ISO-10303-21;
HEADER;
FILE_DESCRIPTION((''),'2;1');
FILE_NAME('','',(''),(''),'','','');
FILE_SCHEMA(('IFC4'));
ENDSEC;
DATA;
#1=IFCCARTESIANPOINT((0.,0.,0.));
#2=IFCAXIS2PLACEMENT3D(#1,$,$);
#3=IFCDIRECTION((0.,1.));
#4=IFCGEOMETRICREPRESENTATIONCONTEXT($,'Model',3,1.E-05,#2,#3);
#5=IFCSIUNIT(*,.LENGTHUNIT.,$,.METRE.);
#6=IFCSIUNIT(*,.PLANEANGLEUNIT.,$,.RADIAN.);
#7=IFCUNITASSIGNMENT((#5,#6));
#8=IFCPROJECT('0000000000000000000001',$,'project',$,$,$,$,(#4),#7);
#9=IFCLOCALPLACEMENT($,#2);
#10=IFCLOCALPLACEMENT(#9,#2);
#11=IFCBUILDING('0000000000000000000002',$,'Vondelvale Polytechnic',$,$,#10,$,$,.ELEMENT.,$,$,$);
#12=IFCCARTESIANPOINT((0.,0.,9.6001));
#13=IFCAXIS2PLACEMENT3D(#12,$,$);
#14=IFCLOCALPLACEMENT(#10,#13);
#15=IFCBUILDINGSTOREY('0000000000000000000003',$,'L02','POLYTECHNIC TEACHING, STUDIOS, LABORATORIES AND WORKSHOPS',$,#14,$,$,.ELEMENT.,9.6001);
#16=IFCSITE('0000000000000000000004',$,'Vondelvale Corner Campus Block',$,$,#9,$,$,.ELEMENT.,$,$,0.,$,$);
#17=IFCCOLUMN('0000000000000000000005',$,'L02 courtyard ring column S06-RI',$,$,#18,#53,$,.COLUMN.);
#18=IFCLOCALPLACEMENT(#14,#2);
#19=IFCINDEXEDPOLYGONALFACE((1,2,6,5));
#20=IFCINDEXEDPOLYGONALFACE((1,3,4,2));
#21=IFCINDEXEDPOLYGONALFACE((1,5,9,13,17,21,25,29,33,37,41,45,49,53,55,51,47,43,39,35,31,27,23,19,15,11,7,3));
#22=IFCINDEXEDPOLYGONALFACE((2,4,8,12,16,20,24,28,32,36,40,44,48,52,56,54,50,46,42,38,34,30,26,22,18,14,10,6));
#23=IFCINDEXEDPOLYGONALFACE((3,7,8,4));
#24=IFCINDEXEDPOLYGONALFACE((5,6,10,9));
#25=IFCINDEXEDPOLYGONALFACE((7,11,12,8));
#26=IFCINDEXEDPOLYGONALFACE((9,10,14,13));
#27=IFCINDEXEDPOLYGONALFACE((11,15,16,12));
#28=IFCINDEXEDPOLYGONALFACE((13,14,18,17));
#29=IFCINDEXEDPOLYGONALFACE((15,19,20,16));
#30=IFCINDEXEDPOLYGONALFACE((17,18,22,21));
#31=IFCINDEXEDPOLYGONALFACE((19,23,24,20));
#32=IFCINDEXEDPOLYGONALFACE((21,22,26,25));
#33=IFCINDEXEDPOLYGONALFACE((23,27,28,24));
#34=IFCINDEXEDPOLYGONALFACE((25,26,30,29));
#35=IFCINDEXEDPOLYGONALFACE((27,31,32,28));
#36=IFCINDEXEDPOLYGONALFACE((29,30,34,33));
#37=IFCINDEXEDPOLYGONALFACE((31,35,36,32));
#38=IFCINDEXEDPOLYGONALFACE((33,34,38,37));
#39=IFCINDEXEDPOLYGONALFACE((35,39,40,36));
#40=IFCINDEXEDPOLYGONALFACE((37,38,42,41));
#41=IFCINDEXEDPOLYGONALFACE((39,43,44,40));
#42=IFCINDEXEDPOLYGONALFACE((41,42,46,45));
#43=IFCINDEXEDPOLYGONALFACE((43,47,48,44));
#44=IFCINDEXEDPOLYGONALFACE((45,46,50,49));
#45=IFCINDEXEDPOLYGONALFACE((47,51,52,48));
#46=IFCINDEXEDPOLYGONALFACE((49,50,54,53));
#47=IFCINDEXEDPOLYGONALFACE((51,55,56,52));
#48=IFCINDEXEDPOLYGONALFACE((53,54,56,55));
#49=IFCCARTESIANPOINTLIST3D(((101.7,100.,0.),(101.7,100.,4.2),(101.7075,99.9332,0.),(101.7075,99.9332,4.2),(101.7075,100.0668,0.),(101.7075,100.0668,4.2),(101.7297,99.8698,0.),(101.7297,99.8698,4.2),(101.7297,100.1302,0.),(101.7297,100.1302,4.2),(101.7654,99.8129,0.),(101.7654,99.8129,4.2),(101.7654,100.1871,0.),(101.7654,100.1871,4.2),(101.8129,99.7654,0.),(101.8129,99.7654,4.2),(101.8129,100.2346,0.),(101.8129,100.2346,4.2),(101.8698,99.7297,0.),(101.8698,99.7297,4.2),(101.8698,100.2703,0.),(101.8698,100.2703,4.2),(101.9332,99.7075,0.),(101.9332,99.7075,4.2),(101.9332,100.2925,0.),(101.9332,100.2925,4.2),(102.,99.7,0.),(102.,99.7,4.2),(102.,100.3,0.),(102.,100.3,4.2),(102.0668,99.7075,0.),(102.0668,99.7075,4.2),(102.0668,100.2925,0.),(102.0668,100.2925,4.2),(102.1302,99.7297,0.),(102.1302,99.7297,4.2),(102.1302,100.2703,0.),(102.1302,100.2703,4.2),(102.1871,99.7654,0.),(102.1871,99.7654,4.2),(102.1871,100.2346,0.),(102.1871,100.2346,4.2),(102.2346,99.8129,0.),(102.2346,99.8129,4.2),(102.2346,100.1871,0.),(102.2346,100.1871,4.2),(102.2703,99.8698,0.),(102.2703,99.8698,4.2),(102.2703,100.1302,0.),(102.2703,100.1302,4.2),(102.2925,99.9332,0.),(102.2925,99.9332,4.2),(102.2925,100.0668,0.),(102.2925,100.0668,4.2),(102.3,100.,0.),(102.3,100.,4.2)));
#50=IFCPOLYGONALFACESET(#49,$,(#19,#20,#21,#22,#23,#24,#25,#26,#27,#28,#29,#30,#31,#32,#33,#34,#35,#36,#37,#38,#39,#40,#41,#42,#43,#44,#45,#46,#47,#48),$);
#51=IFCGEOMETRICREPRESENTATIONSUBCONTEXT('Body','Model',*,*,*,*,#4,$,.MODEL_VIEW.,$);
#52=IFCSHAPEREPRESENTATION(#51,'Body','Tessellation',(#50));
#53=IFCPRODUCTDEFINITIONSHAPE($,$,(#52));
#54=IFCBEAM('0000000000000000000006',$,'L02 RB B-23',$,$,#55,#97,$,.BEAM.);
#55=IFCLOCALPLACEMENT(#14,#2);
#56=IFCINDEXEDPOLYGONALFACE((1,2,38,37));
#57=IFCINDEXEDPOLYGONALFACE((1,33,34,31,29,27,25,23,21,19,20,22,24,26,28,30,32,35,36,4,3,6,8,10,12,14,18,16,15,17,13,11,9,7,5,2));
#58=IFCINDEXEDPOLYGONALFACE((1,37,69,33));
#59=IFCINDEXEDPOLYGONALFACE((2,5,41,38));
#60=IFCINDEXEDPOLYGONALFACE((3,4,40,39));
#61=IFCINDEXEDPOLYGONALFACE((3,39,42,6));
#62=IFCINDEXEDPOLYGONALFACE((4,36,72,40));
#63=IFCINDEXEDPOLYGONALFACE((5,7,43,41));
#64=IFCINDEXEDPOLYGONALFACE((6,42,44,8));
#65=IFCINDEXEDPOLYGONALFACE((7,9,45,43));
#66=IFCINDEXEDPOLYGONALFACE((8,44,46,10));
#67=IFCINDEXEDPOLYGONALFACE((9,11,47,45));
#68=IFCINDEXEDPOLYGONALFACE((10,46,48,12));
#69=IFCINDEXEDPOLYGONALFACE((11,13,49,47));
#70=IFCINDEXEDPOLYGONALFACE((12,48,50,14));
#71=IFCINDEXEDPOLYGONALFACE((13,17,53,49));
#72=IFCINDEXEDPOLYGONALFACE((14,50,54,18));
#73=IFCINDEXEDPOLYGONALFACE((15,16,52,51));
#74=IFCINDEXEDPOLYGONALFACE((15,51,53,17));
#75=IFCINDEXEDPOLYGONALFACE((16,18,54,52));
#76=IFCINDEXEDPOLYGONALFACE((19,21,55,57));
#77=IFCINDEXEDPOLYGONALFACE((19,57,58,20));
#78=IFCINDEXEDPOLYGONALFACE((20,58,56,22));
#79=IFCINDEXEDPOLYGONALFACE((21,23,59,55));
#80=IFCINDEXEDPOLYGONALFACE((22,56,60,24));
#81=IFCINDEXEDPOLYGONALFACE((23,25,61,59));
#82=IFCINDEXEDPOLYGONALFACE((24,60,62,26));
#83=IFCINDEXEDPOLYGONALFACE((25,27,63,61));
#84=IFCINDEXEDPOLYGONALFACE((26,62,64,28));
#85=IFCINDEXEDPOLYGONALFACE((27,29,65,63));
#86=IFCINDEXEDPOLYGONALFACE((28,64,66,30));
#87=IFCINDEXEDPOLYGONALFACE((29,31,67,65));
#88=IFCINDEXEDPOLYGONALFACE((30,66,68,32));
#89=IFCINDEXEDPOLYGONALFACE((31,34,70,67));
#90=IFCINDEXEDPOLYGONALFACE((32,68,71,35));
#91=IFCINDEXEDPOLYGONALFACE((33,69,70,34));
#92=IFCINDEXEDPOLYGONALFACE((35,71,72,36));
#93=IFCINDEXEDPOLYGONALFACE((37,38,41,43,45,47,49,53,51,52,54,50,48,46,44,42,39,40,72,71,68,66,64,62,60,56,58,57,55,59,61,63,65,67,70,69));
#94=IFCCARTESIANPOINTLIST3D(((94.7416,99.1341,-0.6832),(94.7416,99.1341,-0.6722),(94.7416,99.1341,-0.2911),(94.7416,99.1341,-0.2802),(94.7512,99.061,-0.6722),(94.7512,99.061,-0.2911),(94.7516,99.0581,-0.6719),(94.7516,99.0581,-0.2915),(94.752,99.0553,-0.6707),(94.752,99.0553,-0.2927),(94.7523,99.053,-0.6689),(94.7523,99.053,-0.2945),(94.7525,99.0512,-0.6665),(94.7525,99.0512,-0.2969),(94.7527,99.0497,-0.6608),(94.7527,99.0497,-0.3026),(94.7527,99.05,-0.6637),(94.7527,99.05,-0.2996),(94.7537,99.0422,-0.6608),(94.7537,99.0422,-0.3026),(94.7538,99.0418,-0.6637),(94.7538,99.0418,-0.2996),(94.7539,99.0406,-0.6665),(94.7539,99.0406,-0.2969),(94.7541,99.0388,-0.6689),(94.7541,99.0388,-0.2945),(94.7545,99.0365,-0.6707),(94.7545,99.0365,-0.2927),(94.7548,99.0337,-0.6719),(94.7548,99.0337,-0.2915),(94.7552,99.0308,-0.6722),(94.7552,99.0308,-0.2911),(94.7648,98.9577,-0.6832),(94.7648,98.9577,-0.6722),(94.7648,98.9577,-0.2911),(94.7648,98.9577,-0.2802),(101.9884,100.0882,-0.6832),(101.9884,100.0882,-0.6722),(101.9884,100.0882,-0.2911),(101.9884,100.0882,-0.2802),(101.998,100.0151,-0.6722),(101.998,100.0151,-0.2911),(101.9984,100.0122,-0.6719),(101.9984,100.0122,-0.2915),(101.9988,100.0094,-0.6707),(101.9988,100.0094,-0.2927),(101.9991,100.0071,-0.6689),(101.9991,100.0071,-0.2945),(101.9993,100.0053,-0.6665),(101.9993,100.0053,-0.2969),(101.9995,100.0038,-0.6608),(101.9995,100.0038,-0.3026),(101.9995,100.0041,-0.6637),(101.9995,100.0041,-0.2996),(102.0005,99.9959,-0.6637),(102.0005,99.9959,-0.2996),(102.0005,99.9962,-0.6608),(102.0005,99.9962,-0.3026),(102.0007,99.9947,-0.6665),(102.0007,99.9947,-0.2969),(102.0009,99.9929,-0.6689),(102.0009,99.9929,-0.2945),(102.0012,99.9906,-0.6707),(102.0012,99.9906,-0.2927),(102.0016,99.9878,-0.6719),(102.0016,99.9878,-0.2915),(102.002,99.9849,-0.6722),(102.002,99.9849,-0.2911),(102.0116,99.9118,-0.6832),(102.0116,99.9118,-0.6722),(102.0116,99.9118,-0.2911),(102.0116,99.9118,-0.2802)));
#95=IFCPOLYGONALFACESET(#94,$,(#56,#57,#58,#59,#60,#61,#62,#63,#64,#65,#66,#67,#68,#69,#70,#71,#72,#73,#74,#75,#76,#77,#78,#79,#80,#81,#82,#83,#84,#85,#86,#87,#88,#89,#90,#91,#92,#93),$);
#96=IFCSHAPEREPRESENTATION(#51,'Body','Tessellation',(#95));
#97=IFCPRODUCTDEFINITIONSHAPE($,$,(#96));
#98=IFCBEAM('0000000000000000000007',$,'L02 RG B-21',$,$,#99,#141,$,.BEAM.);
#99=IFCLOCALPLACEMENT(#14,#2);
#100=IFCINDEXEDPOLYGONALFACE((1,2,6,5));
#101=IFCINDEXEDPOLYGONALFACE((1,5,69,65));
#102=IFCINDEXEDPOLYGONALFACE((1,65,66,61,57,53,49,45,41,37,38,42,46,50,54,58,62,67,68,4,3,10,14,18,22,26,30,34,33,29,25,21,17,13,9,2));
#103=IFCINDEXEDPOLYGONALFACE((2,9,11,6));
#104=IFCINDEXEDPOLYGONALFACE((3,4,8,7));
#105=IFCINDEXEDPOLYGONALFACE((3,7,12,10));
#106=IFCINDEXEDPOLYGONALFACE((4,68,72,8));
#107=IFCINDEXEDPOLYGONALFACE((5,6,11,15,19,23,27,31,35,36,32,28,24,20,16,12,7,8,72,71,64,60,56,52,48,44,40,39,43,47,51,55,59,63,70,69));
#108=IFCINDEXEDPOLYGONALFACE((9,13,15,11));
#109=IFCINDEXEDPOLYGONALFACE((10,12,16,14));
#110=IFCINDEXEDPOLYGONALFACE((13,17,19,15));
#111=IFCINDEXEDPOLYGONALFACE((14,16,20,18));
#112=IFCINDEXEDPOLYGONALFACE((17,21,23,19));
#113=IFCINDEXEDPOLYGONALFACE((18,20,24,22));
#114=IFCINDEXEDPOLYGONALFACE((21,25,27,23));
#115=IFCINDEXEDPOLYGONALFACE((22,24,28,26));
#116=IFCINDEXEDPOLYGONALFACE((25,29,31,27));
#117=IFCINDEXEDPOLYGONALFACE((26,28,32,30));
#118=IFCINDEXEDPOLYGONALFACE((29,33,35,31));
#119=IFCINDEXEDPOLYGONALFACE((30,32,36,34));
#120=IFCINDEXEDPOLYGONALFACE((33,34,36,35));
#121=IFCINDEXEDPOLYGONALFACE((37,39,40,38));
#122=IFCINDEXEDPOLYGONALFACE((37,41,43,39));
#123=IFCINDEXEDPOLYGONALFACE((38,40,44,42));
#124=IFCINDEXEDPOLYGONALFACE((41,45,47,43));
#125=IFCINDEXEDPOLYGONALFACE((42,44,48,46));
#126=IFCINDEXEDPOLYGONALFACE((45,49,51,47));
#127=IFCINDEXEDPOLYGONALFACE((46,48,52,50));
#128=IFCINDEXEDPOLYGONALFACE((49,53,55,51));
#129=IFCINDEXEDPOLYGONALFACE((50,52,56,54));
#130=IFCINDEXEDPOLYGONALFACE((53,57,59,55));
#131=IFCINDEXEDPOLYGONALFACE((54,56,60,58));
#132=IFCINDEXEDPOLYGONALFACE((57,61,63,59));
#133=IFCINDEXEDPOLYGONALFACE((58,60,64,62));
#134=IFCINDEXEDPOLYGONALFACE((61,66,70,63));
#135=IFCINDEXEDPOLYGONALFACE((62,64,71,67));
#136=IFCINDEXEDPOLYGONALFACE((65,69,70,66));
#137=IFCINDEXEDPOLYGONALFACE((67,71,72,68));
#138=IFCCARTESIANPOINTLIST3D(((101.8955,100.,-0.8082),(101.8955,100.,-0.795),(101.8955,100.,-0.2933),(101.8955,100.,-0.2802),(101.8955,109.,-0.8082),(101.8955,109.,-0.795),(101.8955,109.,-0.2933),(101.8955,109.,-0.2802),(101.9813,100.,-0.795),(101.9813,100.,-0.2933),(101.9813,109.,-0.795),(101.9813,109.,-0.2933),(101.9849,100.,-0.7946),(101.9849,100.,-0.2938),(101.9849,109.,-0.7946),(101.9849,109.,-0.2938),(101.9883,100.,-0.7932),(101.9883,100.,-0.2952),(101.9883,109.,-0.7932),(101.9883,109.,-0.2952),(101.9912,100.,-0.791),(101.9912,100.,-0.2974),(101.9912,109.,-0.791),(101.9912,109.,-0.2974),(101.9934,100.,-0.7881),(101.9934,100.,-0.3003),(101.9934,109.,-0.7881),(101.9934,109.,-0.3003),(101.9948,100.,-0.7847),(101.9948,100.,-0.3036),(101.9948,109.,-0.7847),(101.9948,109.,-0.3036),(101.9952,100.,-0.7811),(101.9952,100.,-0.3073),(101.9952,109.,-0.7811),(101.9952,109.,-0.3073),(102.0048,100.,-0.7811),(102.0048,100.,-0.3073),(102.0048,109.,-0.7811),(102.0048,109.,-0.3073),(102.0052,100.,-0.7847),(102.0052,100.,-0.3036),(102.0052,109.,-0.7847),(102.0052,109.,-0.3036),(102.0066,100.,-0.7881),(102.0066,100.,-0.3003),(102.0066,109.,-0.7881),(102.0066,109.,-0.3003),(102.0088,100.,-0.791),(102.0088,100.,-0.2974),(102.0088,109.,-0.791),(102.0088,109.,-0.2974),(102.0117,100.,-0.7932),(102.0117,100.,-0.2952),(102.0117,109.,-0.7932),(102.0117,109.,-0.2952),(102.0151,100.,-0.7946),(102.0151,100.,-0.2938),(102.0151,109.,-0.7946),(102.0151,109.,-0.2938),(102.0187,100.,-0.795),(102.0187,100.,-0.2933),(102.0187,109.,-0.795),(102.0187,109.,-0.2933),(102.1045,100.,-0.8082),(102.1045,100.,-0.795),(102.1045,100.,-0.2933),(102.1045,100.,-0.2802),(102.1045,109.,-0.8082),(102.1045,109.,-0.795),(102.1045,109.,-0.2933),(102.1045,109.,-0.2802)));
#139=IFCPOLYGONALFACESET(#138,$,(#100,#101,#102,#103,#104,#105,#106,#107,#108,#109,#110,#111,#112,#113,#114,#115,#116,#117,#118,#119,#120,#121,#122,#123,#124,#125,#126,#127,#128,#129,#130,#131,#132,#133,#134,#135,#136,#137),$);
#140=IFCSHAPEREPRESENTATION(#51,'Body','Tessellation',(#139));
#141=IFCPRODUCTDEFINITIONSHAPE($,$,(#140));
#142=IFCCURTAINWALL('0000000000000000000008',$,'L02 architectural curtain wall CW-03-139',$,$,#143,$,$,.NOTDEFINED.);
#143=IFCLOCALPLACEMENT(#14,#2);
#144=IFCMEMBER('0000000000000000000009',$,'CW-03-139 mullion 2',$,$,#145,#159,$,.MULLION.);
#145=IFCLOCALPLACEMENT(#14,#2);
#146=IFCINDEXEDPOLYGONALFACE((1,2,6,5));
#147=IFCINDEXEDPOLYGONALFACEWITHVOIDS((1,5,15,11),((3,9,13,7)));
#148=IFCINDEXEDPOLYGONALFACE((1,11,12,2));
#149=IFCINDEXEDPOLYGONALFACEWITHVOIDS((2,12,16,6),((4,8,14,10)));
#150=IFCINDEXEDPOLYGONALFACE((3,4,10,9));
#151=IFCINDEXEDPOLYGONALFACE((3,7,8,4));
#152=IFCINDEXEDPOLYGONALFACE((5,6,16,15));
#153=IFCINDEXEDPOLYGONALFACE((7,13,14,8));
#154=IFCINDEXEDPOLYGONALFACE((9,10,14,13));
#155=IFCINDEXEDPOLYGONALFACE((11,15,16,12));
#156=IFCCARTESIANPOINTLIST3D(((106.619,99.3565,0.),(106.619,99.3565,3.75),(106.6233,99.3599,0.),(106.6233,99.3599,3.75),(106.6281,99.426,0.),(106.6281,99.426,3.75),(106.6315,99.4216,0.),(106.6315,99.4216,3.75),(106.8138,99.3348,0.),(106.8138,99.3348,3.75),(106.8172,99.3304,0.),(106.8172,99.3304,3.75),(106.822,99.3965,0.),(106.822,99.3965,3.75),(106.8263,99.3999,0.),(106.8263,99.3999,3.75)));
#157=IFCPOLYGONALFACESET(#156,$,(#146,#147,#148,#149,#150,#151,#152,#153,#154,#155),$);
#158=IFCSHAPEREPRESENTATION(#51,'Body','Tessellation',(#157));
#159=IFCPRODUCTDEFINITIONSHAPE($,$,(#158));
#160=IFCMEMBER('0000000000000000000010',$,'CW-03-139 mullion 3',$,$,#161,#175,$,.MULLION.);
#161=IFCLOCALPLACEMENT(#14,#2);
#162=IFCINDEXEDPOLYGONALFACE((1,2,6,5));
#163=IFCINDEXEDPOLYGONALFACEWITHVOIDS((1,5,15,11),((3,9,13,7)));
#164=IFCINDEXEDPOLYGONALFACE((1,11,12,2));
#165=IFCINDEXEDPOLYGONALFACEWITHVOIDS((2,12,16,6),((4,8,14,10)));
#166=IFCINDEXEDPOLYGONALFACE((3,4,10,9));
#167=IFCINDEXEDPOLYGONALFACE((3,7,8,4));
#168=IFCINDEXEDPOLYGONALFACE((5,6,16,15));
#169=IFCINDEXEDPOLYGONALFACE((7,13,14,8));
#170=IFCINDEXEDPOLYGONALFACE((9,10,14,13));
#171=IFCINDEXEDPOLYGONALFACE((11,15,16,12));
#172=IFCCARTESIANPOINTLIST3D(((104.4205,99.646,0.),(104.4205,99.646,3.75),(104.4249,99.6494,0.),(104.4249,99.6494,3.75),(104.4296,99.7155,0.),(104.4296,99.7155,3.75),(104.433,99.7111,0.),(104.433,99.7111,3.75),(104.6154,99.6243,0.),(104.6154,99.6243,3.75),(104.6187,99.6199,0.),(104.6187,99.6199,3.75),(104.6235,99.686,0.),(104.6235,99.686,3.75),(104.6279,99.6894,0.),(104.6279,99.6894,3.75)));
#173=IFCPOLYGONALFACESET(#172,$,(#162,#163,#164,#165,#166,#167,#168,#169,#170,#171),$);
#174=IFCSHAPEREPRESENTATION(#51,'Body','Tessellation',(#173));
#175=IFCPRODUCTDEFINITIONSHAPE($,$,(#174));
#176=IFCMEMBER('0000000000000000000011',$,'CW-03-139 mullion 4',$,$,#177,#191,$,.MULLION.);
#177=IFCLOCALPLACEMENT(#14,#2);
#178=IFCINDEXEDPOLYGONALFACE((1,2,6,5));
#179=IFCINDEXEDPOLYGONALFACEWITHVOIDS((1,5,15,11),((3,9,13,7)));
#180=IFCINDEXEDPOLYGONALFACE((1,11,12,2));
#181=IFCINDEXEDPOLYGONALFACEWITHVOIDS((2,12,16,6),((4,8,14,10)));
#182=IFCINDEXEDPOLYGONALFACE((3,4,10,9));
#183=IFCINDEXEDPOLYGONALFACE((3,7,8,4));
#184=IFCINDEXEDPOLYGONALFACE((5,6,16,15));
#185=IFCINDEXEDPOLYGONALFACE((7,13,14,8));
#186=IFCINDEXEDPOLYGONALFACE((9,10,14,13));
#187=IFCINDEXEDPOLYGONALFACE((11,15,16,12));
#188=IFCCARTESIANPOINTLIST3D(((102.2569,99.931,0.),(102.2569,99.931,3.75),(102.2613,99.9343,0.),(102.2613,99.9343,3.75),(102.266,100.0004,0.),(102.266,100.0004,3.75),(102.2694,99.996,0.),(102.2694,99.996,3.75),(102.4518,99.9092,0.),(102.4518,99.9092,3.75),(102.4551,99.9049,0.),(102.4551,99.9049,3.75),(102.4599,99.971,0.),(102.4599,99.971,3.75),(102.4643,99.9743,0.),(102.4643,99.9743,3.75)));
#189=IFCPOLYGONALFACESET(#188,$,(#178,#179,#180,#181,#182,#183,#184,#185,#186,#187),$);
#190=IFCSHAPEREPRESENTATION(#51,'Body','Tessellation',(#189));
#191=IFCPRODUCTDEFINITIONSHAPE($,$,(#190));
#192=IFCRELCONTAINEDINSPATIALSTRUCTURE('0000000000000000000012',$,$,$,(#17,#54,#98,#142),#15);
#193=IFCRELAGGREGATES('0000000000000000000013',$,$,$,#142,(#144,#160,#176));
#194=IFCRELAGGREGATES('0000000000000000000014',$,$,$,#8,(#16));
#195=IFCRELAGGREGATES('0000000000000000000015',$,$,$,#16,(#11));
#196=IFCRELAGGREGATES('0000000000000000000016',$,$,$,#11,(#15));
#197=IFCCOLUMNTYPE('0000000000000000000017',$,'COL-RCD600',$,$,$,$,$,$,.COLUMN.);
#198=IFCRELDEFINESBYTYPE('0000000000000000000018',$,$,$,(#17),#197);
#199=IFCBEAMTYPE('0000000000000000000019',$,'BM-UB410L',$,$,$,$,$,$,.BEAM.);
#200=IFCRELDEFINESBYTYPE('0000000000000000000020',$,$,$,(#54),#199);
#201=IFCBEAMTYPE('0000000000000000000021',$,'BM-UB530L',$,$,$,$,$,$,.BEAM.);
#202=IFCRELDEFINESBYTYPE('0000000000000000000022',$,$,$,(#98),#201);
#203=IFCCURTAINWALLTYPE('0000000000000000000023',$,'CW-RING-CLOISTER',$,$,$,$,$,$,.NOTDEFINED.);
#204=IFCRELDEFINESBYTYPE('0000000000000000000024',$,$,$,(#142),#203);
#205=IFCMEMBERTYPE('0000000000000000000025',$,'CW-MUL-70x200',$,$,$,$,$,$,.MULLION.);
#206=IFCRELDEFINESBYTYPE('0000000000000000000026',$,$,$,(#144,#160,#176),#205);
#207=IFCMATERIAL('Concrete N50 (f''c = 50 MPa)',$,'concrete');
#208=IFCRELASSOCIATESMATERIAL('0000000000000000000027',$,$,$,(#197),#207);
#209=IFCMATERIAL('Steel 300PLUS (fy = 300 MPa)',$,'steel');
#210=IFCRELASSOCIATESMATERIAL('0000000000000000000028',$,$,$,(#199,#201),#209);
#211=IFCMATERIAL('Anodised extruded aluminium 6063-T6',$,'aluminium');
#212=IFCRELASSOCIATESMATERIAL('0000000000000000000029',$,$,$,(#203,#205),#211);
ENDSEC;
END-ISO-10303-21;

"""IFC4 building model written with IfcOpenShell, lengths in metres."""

from ifc_helpers import new_model, si_unit, direction, frame, origin, origin_2d, place, context, subcontext, project, spatial, hollow_rectangle, circle, i_section, extrude, material, material_profile, profile_set, type_object, element, aggregate, save


model = new_model("IFC4")

# Units and contexts
model_context = context("Model", 3, precision=1e-05, world=origin(), true_north=direction((0.0, 1.0)))
body_context = subcontext(model_context, "Body", "Model", "MODEL_VIEW")
ifc_project = project(units=[si_unit("LENGTHUNIT", "METRE"), si_unit("PLANEANGLEUNIT", "RADIAN")], contexts=[model_context])

# Site, building, storey
site_placement = place(None, origin())
site = spatial("IfcSite", under=ifc_project, at=site_placement, Name="Vondelvale Corner Campus Block", CompositionType="ELEMENT", RefElevation=0.0)
building_placement = place(site_placement, origin())
building = spatial("IfcBuilding", under=site, at=building_placement, Name="Vondelvale Polytechnic", CompositionType="ELEMENT")
storey_placement = place(building_placement, frame((0.0, 0.0, 9.6001)))
storey = spatial("IfcBuildingStorey", under=building, at=storey_placement, Name="L02", Description="POLYTECHNIC TEACHING, STUDIOS, LABORATORIES AND WORKSHOPS", CompositionType="ELEMENT", Elevation=9.6001)

# Column
ifc_material_1 = material(Name="Concrete N50 (f'c = 50 MPa)", Category="concrete")
ifc_material_profile_1 = material_profile(ifc_material_1, circle(Radius=0.3, at=origin_2d()), Name="RC-COL-D600")
ifc_profile_set_1 = profile_set([ifc_material_profile_1], Name="Concrete N50 (f'c = 50 MPa)")
column_type = type_object("IfcColumnType", Name="COL-RCD600", PredefinedType="COLUMN", material=ifc_profile_set_1)
column_placement = place(storey_placement, frame((102.0, 100.0, 0.0), z_axis=(0.0, 0.0, 1.0), x_axis=(0.0, 1.0, 0.0)))
element("IfcColumn", 1, at=column_placement, inside=storey, type_object=column_type, Name="L02 courtyard ring column S06-RI", PredefinedType="COLUMN", context=body_context, shape_type="SweptSolid", body=[
    extrude(circle(Radius=0.3, at=origin_2d()), origin(), (0.0, 0.0, 1.0), 4.2),
])

# Beams
ifc_material_2 = material(Name="Steel 300PLUS (fy = 300 MPa)", Category="steel")
ifc_material_profile_2 = material_profile(ifc_material_2, i_section(OverallWidth=0.178, OverallDepth=0.4031, WebThickness=0.0076, FlangeThickness=0.011, FilletRadius=0.0115, at=origin_2d()), Name="410UB53.7")
ifc_profile_set_2 = profile_set([ifc_material_profile_2], Name="Steel 300PLUS (fy = 300 MPa)")
beam_type_1 = type_object("IfcBeamType", Name="BM-UB410L", PredefinedType="BEAM", material=ifc_profile_set_2)
beam_1_placement = place(storey_placement, frame((102.0, 100.0, -0.4817), z_axis=(-0.991444, -0.130531, 0.0), x_axis=(0.130531, -0.991444, 0.0)))
element("IfcBeam", 2, at=beam_1_placement, inside=storey, type_object=beam_type_1, Name="L02 RB B-23", PredefinedType="BEAM", context=body_context, shape_type="SweptSolid", body=[
    extrude(i_section(OverallWidth=0.178, OverallDepth=0.4031, WebThickness=0.0076, FlangeThickness=0.011, FilletRadius=0.0115, at=origin_2d()), origin(), (0.0, 0.0, 1.0), 7.3093),
])
ifc_material_profile_3 = material_profile(ifc_material_2, i_section(OverallWidth=0.209, OverallDepth=0.5281, WebThickness=0.0095, FlangeThickness=0.0132, FilletRadius=0.0139, at=origin_2d()), Name="530UB82.0")
ifc_profile_set_3 = profile_set([ifc_material_profile_3], Name="Steel 300PLUS (fy = 300 MPa)")
beam_type_2 = type_object("IfcBeamType", Name="BM-UB530L", PredefinedType="BEAM", material=ifc_profile_set_3)
beam_2_placement = place(storey_placement, frame((102.0, 100.0, -0.5442), z_axis=(0.0, 1.0, 0.0), x_axis=(-1.0, 0.0, 0.0)))
element("IfcBeam", 3, at=beam_2_placement, inside=storey, type_object=beam_type_2, Name="L02 RG B-21", PredefinedType="BEAM", context=body_context, shape_type="SweptSolid", body=[
    extrude(i_section(OverallWidth=0.209, OverallDepth=0.5281, WebThickness=0.0095, FlangeThickness=0.0132, FilletRadius=0.0139, at=origin_2d()), origin(), (0.0, 0.0, 1.0), 9.0),
])

# Curtain wall, members
ifc_material_3 = material(Name="Anodised extruded aluminium 6063-T6", Category="aluminium")
curtain_wall_type = type_object("IfcCurtainWallType", Name="CW-RING-CLOISTER", PredefinedType="NOTDEFINED", material=ifc_material_3)
curtain_wall_1_placement = place(storey_placement, origin())
curtain_wall_1 = element("IfcCurtainWall", 4, at=curtain_wall_1_placement, inside=storey, type_object=curtain_wall_type, Name="L02 architectural curtain wall CW-03-139", PredefinedType="NOTDEFINED")
ifc_material_profile_4 = material_profile(ifc_material_3, hollow_rectangle(XDim=0.0701, YDim=0.2, WallThickness=0.0039, at=origin_2d()), Name="CW-MUL-200x70")
ifc_profile_set_4 = profile_set([ifc_material_profile_4], Name="Anodised extruded aluminium 6063-T6")
member_type_1 = type_object("IfcMemberType", Name="CW-MUL-70x200", PredefinedType="MULLION", material=ifc_profile_set_4)
member_1_placement = place(storey_placement, frame((106.7227, 99.3782, 0.0), z_axis=(0.0, 0.0, 1.0), x_axis=(-0.130528, -0.991445, 0.0)))
member_1 = element("IfcMember", 5, at=member_1_placement, type_object=member_type_1, Name="CW-03-139 mullion 2", PredefinedType="MULLION", context=body_context, shape_type="SweptSolid", body=[
    extrude(hollow_rectangle(XDim=0.0701, YDim=0.2, WallThickness=0.0039, at=origin_2d()), origin(), (0.0, 0.0, 1.0), 3.75),
])
member_2_placement = place(storey_placement, frame((104.5242, 99.6677, 0.0), z_axis=(0.0, 0.0, 1.0), x_axis=(-0.130528, -0.991445, 0.0)))
member_2 = element("IfcMember", 6, at=member_2_placement, type_object=member_type_1, Name="CW-03-139 mullion 3", PredefinedType="MULLION", context=body_context, shape_type="SweptSolid", body=[
    extrude(hollow_rectangle(XDim=0.0701, YDim=0.2, WallThickness=0.0039, at=origin_2d()), origin(), (0.0, 0.0, 1.0), 3.75),
])
member_3_placement = place(storey_placement, frame((102.3606, 99.9526, 0.0), z_axis=(0.0, 0.0, 1.0), x_axis=(-0.130528, -0.991445, 0.0)))
member_3 = element("IfcMember", 7, at=member_3_placement, type_object=member_type_1, Name="CW-03-139 mullion 4", PredefinedType="MULLION", context=body_context, shape_type="SweptSolid", body=[
    extrude(hollow_rectangle(XDim=0.0701, YDim=0.2, WallThickness=0.0039, at=origin_2d()), origin(), (0.0, 0.0, 1.0), 3.75),
])

aggregate(curtain_wall_1, [member_1, member_2, member_3])

save(model, "model.ifc")
